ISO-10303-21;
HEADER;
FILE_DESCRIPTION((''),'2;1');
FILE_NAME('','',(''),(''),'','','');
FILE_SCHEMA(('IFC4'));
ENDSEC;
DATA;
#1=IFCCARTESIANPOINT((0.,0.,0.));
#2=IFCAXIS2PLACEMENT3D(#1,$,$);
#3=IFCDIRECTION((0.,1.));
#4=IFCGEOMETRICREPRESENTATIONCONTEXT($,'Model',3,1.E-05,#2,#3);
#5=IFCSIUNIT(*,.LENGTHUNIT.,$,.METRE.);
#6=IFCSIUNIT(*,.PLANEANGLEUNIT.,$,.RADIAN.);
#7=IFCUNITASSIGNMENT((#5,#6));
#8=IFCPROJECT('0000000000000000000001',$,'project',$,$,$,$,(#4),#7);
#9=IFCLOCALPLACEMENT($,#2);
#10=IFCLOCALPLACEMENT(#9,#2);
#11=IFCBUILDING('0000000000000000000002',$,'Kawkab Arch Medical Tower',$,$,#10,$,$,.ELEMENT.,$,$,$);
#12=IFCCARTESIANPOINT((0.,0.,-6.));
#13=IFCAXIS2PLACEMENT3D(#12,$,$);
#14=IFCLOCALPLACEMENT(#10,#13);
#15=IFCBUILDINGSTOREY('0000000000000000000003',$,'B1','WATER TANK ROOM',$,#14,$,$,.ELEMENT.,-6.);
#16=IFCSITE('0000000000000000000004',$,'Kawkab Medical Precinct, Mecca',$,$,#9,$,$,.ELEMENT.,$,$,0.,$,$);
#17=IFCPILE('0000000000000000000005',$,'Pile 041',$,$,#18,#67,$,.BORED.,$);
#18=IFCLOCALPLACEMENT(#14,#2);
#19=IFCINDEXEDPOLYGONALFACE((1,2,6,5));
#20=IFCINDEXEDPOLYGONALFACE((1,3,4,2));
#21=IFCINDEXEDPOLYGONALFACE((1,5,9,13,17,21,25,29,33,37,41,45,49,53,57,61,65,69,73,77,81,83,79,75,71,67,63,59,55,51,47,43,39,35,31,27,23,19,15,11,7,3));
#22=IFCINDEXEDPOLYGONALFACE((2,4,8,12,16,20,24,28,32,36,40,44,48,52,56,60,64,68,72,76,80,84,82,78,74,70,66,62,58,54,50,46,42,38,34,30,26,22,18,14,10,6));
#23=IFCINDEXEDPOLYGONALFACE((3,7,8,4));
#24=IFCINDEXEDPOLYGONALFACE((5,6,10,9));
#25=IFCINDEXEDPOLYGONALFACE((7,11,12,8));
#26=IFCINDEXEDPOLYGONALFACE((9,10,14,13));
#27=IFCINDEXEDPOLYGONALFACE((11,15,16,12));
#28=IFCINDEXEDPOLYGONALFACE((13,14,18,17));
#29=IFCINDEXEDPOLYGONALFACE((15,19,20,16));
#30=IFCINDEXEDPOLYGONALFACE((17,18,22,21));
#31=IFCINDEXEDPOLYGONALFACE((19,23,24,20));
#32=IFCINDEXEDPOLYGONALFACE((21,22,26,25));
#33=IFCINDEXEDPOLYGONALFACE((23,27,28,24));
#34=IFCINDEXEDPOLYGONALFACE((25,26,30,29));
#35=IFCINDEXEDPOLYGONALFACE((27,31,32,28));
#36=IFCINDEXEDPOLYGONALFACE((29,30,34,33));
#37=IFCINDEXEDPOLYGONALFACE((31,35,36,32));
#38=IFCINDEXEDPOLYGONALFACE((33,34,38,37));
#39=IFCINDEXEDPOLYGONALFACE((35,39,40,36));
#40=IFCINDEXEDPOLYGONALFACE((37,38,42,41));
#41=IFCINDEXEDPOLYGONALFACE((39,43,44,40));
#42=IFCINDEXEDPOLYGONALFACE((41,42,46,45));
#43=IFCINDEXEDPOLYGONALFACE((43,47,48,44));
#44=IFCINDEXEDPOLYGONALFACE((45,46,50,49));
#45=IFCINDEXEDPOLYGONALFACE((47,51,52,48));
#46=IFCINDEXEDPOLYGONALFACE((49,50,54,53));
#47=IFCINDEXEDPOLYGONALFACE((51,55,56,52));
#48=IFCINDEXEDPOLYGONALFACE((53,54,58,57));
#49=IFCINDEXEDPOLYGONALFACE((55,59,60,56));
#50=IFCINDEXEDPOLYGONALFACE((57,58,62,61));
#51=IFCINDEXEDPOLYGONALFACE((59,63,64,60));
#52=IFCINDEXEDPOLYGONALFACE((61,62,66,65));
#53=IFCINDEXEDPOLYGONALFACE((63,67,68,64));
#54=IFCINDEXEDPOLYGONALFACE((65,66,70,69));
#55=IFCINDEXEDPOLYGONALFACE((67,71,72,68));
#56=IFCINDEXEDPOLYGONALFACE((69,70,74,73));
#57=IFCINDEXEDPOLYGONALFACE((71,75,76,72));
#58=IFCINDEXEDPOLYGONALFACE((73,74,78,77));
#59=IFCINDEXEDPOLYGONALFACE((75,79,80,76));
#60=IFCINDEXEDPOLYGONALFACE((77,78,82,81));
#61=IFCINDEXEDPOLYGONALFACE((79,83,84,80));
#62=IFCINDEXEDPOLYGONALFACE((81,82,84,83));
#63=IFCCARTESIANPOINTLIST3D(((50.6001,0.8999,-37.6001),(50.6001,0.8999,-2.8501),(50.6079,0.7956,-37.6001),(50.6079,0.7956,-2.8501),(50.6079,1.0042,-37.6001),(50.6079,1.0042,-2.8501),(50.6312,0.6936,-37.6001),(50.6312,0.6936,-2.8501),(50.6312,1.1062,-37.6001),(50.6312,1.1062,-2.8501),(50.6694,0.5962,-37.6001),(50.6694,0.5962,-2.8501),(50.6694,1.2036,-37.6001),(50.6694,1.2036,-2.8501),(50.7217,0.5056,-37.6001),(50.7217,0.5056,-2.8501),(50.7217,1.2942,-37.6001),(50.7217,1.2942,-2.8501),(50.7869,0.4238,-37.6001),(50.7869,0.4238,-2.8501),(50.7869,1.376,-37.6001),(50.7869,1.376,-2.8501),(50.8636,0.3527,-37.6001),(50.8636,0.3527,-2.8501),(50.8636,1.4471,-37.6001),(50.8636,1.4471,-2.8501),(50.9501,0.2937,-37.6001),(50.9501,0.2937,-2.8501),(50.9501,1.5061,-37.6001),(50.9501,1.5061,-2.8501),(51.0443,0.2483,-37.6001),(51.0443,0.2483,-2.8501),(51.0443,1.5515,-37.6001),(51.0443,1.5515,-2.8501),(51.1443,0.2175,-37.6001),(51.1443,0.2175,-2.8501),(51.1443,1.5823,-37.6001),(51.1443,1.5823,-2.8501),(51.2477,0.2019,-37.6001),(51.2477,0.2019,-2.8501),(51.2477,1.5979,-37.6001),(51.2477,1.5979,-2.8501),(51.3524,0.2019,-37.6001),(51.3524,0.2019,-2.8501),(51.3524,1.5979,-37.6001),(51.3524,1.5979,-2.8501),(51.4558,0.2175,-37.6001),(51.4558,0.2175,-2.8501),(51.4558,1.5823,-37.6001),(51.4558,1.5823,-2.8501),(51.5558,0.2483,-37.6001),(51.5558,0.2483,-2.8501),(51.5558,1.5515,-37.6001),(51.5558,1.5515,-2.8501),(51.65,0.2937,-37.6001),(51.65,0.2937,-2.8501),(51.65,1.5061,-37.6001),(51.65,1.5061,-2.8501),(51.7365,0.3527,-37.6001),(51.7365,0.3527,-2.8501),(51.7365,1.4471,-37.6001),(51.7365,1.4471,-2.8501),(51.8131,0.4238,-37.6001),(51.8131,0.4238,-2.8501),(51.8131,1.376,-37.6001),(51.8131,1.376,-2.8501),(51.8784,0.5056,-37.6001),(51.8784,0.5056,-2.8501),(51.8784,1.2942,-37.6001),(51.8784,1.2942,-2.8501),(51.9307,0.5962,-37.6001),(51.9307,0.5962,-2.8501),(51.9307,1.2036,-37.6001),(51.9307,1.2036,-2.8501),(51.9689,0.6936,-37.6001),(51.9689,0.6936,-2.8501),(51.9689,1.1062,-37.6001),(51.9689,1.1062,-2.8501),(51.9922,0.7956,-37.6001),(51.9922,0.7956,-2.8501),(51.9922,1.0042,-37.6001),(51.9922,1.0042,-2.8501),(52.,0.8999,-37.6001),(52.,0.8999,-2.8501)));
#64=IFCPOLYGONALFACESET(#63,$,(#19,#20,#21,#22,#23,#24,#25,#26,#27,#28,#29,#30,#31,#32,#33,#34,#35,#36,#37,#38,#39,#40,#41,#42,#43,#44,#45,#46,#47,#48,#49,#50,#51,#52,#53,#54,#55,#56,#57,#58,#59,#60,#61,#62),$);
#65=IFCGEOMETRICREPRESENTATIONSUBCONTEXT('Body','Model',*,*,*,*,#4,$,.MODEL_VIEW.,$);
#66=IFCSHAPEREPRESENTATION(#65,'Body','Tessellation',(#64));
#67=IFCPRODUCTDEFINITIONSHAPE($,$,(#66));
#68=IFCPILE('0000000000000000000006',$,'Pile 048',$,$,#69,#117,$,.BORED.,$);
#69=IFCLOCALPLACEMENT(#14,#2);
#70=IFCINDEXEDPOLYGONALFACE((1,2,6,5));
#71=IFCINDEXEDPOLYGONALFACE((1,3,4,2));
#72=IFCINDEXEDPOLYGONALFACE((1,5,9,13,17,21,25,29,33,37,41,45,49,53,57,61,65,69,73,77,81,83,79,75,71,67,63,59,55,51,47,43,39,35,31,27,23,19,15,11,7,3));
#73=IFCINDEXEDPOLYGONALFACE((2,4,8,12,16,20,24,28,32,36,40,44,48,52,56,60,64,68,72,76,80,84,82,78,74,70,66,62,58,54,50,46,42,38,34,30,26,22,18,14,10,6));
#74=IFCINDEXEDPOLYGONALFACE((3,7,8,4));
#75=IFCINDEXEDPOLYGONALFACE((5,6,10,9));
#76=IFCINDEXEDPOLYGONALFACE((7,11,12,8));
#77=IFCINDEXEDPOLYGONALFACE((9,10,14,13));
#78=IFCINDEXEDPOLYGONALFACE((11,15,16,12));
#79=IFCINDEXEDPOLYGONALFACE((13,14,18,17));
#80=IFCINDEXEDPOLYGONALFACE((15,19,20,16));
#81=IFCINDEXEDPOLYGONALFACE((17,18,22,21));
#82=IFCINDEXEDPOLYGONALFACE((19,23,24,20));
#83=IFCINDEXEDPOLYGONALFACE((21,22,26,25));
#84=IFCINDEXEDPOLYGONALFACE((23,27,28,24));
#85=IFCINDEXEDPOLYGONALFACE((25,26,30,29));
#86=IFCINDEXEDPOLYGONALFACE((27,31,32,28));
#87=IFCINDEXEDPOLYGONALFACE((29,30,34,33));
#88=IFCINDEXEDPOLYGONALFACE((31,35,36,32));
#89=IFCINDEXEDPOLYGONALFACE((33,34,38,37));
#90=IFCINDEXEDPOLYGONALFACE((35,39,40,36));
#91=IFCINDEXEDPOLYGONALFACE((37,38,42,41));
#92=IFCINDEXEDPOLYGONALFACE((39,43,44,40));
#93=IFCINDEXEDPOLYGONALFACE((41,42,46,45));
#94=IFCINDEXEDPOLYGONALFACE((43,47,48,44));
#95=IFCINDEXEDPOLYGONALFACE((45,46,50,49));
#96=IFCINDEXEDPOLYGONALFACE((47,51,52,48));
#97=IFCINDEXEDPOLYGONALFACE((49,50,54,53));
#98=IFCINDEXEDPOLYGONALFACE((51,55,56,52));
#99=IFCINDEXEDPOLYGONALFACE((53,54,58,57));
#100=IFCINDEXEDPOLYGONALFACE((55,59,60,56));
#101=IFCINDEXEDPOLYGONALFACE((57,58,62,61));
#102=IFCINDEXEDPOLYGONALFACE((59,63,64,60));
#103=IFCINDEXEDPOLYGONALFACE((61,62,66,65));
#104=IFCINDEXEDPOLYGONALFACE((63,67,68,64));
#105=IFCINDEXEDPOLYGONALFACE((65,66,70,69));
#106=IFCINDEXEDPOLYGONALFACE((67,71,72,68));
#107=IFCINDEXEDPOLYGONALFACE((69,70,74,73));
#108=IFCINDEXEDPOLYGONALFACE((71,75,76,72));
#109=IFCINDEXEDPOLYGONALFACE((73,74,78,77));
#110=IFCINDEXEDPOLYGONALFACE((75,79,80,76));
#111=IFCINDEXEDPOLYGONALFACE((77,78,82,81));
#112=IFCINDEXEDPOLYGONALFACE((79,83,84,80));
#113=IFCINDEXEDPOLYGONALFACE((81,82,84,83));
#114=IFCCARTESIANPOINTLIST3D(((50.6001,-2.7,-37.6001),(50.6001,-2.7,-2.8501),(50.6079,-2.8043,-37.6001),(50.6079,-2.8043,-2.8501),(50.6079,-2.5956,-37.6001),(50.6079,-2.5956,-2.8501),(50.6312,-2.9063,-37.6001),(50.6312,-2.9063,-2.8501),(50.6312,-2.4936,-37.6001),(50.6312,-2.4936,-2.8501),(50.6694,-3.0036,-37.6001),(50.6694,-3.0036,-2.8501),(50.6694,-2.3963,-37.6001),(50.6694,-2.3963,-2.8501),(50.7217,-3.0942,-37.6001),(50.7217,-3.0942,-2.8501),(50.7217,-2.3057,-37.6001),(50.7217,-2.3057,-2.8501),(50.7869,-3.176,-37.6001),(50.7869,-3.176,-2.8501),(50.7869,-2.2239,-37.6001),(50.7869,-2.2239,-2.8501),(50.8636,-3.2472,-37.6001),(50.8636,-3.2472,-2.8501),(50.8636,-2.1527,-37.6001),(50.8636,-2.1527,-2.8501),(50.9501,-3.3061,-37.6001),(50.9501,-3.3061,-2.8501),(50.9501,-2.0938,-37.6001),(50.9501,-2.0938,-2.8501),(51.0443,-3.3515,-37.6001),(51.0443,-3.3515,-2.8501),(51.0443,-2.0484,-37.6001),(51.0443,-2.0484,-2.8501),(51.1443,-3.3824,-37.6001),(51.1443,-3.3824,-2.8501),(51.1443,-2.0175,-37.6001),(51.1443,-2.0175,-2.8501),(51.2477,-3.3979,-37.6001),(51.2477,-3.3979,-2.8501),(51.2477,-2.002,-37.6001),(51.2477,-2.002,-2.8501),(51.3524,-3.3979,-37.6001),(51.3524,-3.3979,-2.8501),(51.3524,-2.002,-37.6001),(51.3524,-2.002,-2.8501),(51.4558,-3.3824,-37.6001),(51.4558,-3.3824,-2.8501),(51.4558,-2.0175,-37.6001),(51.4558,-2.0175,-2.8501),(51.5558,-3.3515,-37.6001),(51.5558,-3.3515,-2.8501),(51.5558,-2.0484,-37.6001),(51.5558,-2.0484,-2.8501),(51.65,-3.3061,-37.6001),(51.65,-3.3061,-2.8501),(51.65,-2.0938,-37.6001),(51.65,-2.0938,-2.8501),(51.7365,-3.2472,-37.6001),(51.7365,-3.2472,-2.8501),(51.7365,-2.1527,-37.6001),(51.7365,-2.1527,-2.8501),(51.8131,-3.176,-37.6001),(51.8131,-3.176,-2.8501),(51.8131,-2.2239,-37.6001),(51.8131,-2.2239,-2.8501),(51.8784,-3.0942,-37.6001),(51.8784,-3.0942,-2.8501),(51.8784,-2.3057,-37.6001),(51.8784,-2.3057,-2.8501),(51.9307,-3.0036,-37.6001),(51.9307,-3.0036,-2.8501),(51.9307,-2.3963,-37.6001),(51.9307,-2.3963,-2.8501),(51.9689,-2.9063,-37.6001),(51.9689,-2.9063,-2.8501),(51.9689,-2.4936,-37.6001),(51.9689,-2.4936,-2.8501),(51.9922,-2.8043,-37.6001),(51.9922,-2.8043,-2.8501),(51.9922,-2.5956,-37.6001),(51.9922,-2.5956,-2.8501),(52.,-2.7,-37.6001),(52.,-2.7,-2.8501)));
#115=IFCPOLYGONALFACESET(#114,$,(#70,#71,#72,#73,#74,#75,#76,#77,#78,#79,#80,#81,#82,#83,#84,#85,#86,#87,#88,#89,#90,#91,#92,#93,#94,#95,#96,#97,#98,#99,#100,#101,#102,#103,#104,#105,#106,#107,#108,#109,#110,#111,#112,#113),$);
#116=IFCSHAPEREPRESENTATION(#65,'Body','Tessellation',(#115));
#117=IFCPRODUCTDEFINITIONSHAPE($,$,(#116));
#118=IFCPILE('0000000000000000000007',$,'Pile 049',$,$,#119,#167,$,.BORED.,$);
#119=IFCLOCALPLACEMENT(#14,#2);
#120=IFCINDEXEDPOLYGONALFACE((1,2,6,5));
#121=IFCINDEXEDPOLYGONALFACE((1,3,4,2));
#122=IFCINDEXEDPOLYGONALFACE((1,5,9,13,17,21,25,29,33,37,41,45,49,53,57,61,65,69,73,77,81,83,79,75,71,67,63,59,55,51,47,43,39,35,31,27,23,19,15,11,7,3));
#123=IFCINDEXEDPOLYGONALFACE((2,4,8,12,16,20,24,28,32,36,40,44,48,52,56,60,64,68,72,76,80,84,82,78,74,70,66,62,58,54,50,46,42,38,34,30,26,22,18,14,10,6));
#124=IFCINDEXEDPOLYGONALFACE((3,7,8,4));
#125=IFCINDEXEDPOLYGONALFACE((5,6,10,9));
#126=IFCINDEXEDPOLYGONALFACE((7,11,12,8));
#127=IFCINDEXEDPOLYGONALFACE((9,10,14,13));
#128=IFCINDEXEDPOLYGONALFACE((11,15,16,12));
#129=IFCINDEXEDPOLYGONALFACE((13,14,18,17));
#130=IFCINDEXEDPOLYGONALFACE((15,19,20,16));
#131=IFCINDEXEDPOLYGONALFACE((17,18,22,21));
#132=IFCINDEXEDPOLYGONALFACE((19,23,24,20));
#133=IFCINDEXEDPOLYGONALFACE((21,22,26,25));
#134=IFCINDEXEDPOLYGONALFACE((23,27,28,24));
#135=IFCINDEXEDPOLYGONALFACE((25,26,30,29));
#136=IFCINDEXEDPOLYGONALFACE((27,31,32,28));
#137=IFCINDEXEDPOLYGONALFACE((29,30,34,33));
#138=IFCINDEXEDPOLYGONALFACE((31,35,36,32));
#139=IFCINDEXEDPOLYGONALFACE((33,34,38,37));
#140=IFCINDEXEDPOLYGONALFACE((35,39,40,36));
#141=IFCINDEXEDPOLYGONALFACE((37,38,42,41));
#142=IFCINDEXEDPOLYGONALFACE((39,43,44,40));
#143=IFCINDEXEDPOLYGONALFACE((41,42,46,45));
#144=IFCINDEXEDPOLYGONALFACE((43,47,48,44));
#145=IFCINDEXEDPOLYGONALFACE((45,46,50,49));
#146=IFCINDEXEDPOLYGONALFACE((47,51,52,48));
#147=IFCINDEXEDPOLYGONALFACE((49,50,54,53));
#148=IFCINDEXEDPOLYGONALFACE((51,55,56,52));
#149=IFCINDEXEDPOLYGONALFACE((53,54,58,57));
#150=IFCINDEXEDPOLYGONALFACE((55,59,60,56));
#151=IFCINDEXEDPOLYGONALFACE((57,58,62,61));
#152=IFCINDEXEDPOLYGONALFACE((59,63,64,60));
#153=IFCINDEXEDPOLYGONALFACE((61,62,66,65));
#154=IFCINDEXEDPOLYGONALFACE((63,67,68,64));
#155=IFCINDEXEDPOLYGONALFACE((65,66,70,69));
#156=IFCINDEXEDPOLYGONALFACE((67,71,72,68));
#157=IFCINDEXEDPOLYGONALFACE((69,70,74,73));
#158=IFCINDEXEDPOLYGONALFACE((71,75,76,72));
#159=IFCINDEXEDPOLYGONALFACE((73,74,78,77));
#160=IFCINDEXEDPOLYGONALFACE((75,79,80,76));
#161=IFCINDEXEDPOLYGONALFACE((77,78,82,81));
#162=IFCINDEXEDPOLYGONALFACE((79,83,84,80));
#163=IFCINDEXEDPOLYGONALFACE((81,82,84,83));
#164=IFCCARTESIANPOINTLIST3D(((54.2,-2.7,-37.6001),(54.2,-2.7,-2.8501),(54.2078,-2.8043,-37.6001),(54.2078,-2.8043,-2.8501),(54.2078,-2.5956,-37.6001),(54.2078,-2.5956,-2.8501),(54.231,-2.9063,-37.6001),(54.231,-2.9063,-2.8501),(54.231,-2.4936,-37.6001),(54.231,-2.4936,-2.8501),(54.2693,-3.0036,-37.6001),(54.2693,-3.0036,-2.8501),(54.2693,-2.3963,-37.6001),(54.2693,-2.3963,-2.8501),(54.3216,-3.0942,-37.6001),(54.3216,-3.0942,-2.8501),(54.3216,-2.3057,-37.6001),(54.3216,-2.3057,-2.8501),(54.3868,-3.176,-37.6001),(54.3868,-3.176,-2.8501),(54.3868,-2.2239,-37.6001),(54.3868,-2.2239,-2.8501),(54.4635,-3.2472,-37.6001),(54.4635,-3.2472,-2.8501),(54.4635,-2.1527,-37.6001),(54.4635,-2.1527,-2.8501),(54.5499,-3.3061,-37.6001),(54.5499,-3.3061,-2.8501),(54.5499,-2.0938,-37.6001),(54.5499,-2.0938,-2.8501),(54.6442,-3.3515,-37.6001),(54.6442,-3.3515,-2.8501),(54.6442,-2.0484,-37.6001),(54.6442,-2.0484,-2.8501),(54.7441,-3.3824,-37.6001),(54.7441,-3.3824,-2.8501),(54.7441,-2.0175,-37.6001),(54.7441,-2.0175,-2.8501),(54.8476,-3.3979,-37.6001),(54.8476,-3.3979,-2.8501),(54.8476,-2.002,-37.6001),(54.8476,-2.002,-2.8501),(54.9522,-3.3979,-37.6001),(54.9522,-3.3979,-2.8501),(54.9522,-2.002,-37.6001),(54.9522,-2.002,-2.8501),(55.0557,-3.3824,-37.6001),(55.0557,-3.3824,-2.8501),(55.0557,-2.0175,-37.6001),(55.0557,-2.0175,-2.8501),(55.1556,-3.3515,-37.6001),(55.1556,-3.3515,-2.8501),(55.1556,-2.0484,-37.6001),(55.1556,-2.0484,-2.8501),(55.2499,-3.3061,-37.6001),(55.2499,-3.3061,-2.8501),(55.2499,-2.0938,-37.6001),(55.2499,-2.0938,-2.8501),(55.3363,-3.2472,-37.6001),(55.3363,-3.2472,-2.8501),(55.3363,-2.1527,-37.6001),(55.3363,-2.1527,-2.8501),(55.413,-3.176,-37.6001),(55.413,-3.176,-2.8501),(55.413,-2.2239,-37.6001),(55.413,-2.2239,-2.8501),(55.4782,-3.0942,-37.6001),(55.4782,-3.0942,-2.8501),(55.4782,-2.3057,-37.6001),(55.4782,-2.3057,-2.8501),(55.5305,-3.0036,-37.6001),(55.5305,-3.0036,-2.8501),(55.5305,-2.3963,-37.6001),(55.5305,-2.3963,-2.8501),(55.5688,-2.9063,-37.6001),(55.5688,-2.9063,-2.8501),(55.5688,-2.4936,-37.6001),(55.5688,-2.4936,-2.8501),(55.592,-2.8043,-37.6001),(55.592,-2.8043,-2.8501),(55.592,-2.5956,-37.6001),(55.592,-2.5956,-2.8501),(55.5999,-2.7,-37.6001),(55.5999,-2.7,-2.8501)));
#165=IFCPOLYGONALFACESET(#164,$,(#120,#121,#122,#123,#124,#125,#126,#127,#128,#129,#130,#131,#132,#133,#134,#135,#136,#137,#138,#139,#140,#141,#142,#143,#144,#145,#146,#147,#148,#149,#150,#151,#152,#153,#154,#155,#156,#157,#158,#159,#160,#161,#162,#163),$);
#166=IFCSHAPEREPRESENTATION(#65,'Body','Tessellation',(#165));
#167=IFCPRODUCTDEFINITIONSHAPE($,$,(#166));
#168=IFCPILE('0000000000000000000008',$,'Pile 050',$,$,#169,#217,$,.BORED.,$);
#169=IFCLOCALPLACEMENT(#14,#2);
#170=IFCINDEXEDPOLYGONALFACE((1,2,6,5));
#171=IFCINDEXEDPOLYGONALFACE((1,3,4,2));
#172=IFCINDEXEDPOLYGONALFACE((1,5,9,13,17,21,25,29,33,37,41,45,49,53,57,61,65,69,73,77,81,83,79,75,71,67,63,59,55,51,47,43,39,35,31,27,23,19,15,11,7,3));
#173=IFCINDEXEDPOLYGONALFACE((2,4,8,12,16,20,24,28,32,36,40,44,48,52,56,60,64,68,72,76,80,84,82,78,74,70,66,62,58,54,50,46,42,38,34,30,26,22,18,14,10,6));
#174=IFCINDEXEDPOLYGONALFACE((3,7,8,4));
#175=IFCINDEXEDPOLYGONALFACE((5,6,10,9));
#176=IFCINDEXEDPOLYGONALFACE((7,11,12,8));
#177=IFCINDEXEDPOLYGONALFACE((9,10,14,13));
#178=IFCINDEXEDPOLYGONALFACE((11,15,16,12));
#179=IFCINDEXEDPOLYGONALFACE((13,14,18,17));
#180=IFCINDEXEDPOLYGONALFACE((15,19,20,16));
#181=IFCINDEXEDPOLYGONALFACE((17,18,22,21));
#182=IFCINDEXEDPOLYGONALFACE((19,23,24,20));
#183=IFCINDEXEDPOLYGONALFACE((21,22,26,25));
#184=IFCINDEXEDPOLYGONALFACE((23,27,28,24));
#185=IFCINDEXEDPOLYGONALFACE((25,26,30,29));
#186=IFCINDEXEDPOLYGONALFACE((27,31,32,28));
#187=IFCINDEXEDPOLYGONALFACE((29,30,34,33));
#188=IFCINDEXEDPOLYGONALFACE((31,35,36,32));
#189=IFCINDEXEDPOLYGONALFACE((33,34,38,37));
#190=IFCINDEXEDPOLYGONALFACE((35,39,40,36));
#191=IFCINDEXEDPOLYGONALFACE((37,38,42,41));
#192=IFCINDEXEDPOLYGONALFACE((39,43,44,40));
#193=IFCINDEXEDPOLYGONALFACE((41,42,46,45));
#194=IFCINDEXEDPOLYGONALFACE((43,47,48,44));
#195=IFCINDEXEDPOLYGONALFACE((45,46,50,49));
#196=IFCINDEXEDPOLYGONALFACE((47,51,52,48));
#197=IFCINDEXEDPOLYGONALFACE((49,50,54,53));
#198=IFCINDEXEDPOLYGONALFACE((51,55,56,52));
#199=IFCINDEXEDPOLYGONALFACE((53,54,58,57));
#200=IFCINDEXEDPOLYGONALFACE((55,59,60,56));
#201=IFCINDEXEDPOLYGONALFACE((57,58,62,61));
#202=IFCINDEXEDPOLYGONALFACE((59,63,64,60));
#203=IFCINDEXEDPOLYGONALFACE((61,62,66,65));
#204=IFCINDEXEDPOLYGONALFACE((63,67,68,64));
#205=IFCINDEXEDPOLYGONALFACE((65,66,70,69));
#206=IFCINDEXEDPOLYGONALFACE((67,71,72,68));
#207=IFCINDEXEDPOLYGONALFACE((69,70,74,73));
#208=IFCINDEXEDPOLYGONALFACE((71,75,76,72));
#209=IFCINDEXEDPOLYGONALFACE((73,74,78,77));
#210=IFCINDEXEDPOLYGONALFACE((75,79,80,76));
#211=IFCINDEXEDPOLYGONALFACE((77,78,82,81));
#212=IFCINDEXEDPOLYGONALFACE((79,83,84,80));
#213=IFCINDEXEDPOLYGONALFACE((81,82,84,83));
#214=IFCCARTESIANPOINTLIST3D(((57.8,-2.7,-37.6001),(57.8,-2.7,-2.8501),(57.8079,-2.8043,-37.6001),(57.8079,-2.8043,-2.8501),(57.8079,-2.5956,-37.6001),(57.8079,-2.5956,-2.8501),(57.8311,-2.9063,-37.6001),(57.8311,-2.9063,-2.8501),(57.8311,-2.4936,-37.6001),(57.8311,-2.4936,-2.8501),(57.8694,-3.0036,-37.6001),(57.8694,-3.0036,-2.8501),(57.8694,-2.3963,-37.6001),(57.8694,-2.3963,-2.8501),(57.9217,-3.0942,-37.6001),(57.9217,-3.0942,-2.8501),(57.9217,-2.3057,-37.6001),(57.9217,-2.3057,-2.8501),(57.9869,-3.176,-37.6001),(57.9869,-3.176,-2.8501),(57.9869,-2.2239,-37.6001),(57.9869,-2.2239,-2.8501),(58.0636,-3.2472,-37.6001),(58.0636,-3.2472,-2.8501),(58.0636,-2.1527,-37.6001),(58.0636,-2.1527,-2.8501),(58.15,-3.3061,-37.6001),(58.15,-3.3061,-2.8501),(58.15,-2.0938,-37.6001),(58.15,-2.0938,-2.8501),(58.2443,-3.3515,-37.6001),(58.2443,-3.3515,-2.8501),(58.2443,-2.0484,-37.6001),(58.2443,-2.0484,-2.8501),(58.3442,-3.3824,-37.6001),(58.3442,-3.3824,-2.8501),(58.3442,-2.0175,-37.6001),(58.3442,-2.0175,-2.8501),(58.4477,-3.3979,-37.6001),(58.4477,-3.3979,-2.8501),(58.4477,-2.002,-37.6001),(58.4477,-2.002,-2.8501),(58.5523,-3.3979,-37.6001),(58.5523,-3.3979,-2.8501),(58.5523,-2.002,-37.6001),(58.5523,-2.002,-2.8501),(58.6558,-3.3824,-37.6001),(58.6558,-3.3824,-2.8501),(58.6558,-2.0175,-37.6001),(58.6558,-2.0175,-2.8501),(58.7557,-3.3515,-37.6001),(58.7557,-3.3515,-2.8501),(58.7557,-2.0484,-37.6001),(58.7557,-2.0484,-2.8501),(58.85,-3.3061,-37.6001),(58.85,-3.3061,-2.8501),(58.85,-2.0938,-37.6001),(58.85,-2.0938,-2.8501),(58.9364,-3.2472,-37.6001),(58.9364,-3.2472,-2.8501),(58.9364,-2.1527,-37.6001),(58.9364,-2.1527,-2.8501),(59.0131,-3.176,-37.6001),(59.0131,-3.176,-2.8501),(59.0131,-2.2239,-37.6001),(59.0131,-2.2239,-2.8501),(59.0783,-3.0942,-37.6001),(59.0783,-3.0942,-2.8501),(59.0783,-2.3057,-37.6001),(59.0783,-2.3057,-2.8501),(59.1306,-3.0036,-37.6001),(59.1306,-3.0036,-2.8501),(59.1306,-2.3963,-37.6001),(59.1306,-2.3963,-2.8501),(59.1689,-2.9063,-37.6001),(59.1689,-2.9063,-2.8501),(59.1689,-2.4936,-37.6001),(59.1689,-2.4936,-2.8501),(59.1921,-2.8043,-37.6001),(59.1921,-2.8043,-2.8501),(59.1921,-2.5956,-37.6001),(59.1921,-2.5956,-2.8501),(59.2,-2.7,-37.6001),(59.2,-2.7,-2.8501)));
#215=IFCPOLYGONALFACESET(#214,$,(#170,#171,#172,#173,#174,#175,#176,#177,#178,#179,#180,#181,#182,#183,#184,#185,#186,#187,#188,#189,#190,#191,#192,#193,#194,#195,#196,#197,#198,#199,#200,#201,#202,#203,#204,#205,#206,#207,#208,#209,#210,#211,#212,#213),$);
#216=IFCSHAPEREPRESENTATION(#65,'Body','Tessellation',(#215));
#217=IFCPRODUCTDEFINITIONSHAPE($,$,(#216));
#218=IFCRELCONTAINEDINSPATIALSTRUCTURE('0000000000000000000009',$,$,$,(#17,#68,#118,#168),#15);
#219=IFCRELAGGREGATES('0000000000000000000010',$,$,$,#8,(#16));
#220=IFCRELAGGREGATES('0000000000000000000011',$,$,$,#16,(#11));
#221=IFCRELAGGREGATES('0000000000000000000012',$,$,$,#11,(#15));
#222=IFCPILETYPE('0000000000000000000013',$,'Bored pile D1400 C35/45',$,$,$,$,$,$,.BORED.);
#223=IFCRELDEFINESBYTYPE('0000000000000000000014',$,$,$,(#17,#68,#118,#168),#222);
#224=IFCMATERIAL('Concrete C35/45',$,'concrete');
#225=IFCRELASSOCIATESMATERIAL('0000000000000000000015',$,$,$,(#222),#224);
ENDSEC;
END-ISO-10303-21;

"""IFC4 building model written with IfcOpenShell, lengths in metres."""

from ifc_helpers import new_model, si_unit, direction, frame, origin, origin_2d, place, context, subcontext, project, spatial, circle, extrude, material, material_profile, profile_set, type_object, element, save


model = new_model("IFC4")

# Units and contexts
model_context = context("Model", 3, precision=1e-05, world=origin(), true_north=direction((0.0, 1.0)))
body_context = subcontext(model_context, "Body", "Model", "MODEL_VIEW")
ifc_project = project(units=[si_unit("LENGTHUNIT", "METRE"), si_unit("PLANEANGLEUNIT", "RADIAN")], contexts=[model_context])

# Site, building, storey
site_placement = place(None, origin())
site = spatial("IfcSite", under=ifc_project, at=site_placement, Name="Kawkab Medical Precinct, Mecca", CompositionType="ELEMENT", RefElevation=0.0)
building_placement = place(site_placement, origin())
building = spatial("IfcBuilding", under=site, at=building_placement, Name="Kawkab Arch Medical Tower", CompositionType="ELEMENT")
storey_placement = place(building_placement, frame((0.0, 0.0, -6.0)))
storey = spatial("IfcBuildingStorey", under=building, at=storey_placement, Name="B1", Description="WATER TANK ROOM", CompositionType="ELEMENT", Elevation=-6.0)

# Piles
ifc_material_1 = material(Name="Concrete C35/45", Category="concrete")
ifc_material_profile_1 = material_profile(ifc_material_1, circle(Radius=0.7, at=origin_2d()), Name="Bored pile D1400")
ifc_profile_set_1 = profile_set([ifc_material_profile_1], Name="Concrete C35/45")
pile_type = type_object("IfcPileType", Name="Bored pile D1400 C35/45", PredefinedType="BORED", material=ifc_profile_set_1)
for number, where, z_axis, x_axis, name in (
    (1, (51.3, 0.8999, -2.8501), (0.0, 0.0, -1.0), (1.0, 0.0, 0.0), "Pile 041"),
    (2, (51.3, -2.7, -2.8501), (0.0, 0.0, -1.0), (1.0, 0.0, 0.0), "Pile 048"),
    (3, (54.8999, -2.7, -2.8501), (0.0, 0.0, -1.0), (1.0, 0.0, 0.0), "Pile 049"),
    (4, (58.5, -2.7, -2.8501), (0.0, 0.0, -1.0), (1.0, 0.0, 0.0), "Pile 050"),
):
    element("IfcPile", number, at=place(storey_placement, frame(where, z_axis=z_axis, x_axis=x_axis)), inside=storey, type_object=pile_type, Name=name, PredefinedType="BORED", context=body_context, shape_type="SweptSolid", body=[
        extrude(circle(Radius=0.7, at=origin_2d()), origin(), (0.0, 0.0, 1.0), 34.75),
    ])

save(model, "model.ifc")
